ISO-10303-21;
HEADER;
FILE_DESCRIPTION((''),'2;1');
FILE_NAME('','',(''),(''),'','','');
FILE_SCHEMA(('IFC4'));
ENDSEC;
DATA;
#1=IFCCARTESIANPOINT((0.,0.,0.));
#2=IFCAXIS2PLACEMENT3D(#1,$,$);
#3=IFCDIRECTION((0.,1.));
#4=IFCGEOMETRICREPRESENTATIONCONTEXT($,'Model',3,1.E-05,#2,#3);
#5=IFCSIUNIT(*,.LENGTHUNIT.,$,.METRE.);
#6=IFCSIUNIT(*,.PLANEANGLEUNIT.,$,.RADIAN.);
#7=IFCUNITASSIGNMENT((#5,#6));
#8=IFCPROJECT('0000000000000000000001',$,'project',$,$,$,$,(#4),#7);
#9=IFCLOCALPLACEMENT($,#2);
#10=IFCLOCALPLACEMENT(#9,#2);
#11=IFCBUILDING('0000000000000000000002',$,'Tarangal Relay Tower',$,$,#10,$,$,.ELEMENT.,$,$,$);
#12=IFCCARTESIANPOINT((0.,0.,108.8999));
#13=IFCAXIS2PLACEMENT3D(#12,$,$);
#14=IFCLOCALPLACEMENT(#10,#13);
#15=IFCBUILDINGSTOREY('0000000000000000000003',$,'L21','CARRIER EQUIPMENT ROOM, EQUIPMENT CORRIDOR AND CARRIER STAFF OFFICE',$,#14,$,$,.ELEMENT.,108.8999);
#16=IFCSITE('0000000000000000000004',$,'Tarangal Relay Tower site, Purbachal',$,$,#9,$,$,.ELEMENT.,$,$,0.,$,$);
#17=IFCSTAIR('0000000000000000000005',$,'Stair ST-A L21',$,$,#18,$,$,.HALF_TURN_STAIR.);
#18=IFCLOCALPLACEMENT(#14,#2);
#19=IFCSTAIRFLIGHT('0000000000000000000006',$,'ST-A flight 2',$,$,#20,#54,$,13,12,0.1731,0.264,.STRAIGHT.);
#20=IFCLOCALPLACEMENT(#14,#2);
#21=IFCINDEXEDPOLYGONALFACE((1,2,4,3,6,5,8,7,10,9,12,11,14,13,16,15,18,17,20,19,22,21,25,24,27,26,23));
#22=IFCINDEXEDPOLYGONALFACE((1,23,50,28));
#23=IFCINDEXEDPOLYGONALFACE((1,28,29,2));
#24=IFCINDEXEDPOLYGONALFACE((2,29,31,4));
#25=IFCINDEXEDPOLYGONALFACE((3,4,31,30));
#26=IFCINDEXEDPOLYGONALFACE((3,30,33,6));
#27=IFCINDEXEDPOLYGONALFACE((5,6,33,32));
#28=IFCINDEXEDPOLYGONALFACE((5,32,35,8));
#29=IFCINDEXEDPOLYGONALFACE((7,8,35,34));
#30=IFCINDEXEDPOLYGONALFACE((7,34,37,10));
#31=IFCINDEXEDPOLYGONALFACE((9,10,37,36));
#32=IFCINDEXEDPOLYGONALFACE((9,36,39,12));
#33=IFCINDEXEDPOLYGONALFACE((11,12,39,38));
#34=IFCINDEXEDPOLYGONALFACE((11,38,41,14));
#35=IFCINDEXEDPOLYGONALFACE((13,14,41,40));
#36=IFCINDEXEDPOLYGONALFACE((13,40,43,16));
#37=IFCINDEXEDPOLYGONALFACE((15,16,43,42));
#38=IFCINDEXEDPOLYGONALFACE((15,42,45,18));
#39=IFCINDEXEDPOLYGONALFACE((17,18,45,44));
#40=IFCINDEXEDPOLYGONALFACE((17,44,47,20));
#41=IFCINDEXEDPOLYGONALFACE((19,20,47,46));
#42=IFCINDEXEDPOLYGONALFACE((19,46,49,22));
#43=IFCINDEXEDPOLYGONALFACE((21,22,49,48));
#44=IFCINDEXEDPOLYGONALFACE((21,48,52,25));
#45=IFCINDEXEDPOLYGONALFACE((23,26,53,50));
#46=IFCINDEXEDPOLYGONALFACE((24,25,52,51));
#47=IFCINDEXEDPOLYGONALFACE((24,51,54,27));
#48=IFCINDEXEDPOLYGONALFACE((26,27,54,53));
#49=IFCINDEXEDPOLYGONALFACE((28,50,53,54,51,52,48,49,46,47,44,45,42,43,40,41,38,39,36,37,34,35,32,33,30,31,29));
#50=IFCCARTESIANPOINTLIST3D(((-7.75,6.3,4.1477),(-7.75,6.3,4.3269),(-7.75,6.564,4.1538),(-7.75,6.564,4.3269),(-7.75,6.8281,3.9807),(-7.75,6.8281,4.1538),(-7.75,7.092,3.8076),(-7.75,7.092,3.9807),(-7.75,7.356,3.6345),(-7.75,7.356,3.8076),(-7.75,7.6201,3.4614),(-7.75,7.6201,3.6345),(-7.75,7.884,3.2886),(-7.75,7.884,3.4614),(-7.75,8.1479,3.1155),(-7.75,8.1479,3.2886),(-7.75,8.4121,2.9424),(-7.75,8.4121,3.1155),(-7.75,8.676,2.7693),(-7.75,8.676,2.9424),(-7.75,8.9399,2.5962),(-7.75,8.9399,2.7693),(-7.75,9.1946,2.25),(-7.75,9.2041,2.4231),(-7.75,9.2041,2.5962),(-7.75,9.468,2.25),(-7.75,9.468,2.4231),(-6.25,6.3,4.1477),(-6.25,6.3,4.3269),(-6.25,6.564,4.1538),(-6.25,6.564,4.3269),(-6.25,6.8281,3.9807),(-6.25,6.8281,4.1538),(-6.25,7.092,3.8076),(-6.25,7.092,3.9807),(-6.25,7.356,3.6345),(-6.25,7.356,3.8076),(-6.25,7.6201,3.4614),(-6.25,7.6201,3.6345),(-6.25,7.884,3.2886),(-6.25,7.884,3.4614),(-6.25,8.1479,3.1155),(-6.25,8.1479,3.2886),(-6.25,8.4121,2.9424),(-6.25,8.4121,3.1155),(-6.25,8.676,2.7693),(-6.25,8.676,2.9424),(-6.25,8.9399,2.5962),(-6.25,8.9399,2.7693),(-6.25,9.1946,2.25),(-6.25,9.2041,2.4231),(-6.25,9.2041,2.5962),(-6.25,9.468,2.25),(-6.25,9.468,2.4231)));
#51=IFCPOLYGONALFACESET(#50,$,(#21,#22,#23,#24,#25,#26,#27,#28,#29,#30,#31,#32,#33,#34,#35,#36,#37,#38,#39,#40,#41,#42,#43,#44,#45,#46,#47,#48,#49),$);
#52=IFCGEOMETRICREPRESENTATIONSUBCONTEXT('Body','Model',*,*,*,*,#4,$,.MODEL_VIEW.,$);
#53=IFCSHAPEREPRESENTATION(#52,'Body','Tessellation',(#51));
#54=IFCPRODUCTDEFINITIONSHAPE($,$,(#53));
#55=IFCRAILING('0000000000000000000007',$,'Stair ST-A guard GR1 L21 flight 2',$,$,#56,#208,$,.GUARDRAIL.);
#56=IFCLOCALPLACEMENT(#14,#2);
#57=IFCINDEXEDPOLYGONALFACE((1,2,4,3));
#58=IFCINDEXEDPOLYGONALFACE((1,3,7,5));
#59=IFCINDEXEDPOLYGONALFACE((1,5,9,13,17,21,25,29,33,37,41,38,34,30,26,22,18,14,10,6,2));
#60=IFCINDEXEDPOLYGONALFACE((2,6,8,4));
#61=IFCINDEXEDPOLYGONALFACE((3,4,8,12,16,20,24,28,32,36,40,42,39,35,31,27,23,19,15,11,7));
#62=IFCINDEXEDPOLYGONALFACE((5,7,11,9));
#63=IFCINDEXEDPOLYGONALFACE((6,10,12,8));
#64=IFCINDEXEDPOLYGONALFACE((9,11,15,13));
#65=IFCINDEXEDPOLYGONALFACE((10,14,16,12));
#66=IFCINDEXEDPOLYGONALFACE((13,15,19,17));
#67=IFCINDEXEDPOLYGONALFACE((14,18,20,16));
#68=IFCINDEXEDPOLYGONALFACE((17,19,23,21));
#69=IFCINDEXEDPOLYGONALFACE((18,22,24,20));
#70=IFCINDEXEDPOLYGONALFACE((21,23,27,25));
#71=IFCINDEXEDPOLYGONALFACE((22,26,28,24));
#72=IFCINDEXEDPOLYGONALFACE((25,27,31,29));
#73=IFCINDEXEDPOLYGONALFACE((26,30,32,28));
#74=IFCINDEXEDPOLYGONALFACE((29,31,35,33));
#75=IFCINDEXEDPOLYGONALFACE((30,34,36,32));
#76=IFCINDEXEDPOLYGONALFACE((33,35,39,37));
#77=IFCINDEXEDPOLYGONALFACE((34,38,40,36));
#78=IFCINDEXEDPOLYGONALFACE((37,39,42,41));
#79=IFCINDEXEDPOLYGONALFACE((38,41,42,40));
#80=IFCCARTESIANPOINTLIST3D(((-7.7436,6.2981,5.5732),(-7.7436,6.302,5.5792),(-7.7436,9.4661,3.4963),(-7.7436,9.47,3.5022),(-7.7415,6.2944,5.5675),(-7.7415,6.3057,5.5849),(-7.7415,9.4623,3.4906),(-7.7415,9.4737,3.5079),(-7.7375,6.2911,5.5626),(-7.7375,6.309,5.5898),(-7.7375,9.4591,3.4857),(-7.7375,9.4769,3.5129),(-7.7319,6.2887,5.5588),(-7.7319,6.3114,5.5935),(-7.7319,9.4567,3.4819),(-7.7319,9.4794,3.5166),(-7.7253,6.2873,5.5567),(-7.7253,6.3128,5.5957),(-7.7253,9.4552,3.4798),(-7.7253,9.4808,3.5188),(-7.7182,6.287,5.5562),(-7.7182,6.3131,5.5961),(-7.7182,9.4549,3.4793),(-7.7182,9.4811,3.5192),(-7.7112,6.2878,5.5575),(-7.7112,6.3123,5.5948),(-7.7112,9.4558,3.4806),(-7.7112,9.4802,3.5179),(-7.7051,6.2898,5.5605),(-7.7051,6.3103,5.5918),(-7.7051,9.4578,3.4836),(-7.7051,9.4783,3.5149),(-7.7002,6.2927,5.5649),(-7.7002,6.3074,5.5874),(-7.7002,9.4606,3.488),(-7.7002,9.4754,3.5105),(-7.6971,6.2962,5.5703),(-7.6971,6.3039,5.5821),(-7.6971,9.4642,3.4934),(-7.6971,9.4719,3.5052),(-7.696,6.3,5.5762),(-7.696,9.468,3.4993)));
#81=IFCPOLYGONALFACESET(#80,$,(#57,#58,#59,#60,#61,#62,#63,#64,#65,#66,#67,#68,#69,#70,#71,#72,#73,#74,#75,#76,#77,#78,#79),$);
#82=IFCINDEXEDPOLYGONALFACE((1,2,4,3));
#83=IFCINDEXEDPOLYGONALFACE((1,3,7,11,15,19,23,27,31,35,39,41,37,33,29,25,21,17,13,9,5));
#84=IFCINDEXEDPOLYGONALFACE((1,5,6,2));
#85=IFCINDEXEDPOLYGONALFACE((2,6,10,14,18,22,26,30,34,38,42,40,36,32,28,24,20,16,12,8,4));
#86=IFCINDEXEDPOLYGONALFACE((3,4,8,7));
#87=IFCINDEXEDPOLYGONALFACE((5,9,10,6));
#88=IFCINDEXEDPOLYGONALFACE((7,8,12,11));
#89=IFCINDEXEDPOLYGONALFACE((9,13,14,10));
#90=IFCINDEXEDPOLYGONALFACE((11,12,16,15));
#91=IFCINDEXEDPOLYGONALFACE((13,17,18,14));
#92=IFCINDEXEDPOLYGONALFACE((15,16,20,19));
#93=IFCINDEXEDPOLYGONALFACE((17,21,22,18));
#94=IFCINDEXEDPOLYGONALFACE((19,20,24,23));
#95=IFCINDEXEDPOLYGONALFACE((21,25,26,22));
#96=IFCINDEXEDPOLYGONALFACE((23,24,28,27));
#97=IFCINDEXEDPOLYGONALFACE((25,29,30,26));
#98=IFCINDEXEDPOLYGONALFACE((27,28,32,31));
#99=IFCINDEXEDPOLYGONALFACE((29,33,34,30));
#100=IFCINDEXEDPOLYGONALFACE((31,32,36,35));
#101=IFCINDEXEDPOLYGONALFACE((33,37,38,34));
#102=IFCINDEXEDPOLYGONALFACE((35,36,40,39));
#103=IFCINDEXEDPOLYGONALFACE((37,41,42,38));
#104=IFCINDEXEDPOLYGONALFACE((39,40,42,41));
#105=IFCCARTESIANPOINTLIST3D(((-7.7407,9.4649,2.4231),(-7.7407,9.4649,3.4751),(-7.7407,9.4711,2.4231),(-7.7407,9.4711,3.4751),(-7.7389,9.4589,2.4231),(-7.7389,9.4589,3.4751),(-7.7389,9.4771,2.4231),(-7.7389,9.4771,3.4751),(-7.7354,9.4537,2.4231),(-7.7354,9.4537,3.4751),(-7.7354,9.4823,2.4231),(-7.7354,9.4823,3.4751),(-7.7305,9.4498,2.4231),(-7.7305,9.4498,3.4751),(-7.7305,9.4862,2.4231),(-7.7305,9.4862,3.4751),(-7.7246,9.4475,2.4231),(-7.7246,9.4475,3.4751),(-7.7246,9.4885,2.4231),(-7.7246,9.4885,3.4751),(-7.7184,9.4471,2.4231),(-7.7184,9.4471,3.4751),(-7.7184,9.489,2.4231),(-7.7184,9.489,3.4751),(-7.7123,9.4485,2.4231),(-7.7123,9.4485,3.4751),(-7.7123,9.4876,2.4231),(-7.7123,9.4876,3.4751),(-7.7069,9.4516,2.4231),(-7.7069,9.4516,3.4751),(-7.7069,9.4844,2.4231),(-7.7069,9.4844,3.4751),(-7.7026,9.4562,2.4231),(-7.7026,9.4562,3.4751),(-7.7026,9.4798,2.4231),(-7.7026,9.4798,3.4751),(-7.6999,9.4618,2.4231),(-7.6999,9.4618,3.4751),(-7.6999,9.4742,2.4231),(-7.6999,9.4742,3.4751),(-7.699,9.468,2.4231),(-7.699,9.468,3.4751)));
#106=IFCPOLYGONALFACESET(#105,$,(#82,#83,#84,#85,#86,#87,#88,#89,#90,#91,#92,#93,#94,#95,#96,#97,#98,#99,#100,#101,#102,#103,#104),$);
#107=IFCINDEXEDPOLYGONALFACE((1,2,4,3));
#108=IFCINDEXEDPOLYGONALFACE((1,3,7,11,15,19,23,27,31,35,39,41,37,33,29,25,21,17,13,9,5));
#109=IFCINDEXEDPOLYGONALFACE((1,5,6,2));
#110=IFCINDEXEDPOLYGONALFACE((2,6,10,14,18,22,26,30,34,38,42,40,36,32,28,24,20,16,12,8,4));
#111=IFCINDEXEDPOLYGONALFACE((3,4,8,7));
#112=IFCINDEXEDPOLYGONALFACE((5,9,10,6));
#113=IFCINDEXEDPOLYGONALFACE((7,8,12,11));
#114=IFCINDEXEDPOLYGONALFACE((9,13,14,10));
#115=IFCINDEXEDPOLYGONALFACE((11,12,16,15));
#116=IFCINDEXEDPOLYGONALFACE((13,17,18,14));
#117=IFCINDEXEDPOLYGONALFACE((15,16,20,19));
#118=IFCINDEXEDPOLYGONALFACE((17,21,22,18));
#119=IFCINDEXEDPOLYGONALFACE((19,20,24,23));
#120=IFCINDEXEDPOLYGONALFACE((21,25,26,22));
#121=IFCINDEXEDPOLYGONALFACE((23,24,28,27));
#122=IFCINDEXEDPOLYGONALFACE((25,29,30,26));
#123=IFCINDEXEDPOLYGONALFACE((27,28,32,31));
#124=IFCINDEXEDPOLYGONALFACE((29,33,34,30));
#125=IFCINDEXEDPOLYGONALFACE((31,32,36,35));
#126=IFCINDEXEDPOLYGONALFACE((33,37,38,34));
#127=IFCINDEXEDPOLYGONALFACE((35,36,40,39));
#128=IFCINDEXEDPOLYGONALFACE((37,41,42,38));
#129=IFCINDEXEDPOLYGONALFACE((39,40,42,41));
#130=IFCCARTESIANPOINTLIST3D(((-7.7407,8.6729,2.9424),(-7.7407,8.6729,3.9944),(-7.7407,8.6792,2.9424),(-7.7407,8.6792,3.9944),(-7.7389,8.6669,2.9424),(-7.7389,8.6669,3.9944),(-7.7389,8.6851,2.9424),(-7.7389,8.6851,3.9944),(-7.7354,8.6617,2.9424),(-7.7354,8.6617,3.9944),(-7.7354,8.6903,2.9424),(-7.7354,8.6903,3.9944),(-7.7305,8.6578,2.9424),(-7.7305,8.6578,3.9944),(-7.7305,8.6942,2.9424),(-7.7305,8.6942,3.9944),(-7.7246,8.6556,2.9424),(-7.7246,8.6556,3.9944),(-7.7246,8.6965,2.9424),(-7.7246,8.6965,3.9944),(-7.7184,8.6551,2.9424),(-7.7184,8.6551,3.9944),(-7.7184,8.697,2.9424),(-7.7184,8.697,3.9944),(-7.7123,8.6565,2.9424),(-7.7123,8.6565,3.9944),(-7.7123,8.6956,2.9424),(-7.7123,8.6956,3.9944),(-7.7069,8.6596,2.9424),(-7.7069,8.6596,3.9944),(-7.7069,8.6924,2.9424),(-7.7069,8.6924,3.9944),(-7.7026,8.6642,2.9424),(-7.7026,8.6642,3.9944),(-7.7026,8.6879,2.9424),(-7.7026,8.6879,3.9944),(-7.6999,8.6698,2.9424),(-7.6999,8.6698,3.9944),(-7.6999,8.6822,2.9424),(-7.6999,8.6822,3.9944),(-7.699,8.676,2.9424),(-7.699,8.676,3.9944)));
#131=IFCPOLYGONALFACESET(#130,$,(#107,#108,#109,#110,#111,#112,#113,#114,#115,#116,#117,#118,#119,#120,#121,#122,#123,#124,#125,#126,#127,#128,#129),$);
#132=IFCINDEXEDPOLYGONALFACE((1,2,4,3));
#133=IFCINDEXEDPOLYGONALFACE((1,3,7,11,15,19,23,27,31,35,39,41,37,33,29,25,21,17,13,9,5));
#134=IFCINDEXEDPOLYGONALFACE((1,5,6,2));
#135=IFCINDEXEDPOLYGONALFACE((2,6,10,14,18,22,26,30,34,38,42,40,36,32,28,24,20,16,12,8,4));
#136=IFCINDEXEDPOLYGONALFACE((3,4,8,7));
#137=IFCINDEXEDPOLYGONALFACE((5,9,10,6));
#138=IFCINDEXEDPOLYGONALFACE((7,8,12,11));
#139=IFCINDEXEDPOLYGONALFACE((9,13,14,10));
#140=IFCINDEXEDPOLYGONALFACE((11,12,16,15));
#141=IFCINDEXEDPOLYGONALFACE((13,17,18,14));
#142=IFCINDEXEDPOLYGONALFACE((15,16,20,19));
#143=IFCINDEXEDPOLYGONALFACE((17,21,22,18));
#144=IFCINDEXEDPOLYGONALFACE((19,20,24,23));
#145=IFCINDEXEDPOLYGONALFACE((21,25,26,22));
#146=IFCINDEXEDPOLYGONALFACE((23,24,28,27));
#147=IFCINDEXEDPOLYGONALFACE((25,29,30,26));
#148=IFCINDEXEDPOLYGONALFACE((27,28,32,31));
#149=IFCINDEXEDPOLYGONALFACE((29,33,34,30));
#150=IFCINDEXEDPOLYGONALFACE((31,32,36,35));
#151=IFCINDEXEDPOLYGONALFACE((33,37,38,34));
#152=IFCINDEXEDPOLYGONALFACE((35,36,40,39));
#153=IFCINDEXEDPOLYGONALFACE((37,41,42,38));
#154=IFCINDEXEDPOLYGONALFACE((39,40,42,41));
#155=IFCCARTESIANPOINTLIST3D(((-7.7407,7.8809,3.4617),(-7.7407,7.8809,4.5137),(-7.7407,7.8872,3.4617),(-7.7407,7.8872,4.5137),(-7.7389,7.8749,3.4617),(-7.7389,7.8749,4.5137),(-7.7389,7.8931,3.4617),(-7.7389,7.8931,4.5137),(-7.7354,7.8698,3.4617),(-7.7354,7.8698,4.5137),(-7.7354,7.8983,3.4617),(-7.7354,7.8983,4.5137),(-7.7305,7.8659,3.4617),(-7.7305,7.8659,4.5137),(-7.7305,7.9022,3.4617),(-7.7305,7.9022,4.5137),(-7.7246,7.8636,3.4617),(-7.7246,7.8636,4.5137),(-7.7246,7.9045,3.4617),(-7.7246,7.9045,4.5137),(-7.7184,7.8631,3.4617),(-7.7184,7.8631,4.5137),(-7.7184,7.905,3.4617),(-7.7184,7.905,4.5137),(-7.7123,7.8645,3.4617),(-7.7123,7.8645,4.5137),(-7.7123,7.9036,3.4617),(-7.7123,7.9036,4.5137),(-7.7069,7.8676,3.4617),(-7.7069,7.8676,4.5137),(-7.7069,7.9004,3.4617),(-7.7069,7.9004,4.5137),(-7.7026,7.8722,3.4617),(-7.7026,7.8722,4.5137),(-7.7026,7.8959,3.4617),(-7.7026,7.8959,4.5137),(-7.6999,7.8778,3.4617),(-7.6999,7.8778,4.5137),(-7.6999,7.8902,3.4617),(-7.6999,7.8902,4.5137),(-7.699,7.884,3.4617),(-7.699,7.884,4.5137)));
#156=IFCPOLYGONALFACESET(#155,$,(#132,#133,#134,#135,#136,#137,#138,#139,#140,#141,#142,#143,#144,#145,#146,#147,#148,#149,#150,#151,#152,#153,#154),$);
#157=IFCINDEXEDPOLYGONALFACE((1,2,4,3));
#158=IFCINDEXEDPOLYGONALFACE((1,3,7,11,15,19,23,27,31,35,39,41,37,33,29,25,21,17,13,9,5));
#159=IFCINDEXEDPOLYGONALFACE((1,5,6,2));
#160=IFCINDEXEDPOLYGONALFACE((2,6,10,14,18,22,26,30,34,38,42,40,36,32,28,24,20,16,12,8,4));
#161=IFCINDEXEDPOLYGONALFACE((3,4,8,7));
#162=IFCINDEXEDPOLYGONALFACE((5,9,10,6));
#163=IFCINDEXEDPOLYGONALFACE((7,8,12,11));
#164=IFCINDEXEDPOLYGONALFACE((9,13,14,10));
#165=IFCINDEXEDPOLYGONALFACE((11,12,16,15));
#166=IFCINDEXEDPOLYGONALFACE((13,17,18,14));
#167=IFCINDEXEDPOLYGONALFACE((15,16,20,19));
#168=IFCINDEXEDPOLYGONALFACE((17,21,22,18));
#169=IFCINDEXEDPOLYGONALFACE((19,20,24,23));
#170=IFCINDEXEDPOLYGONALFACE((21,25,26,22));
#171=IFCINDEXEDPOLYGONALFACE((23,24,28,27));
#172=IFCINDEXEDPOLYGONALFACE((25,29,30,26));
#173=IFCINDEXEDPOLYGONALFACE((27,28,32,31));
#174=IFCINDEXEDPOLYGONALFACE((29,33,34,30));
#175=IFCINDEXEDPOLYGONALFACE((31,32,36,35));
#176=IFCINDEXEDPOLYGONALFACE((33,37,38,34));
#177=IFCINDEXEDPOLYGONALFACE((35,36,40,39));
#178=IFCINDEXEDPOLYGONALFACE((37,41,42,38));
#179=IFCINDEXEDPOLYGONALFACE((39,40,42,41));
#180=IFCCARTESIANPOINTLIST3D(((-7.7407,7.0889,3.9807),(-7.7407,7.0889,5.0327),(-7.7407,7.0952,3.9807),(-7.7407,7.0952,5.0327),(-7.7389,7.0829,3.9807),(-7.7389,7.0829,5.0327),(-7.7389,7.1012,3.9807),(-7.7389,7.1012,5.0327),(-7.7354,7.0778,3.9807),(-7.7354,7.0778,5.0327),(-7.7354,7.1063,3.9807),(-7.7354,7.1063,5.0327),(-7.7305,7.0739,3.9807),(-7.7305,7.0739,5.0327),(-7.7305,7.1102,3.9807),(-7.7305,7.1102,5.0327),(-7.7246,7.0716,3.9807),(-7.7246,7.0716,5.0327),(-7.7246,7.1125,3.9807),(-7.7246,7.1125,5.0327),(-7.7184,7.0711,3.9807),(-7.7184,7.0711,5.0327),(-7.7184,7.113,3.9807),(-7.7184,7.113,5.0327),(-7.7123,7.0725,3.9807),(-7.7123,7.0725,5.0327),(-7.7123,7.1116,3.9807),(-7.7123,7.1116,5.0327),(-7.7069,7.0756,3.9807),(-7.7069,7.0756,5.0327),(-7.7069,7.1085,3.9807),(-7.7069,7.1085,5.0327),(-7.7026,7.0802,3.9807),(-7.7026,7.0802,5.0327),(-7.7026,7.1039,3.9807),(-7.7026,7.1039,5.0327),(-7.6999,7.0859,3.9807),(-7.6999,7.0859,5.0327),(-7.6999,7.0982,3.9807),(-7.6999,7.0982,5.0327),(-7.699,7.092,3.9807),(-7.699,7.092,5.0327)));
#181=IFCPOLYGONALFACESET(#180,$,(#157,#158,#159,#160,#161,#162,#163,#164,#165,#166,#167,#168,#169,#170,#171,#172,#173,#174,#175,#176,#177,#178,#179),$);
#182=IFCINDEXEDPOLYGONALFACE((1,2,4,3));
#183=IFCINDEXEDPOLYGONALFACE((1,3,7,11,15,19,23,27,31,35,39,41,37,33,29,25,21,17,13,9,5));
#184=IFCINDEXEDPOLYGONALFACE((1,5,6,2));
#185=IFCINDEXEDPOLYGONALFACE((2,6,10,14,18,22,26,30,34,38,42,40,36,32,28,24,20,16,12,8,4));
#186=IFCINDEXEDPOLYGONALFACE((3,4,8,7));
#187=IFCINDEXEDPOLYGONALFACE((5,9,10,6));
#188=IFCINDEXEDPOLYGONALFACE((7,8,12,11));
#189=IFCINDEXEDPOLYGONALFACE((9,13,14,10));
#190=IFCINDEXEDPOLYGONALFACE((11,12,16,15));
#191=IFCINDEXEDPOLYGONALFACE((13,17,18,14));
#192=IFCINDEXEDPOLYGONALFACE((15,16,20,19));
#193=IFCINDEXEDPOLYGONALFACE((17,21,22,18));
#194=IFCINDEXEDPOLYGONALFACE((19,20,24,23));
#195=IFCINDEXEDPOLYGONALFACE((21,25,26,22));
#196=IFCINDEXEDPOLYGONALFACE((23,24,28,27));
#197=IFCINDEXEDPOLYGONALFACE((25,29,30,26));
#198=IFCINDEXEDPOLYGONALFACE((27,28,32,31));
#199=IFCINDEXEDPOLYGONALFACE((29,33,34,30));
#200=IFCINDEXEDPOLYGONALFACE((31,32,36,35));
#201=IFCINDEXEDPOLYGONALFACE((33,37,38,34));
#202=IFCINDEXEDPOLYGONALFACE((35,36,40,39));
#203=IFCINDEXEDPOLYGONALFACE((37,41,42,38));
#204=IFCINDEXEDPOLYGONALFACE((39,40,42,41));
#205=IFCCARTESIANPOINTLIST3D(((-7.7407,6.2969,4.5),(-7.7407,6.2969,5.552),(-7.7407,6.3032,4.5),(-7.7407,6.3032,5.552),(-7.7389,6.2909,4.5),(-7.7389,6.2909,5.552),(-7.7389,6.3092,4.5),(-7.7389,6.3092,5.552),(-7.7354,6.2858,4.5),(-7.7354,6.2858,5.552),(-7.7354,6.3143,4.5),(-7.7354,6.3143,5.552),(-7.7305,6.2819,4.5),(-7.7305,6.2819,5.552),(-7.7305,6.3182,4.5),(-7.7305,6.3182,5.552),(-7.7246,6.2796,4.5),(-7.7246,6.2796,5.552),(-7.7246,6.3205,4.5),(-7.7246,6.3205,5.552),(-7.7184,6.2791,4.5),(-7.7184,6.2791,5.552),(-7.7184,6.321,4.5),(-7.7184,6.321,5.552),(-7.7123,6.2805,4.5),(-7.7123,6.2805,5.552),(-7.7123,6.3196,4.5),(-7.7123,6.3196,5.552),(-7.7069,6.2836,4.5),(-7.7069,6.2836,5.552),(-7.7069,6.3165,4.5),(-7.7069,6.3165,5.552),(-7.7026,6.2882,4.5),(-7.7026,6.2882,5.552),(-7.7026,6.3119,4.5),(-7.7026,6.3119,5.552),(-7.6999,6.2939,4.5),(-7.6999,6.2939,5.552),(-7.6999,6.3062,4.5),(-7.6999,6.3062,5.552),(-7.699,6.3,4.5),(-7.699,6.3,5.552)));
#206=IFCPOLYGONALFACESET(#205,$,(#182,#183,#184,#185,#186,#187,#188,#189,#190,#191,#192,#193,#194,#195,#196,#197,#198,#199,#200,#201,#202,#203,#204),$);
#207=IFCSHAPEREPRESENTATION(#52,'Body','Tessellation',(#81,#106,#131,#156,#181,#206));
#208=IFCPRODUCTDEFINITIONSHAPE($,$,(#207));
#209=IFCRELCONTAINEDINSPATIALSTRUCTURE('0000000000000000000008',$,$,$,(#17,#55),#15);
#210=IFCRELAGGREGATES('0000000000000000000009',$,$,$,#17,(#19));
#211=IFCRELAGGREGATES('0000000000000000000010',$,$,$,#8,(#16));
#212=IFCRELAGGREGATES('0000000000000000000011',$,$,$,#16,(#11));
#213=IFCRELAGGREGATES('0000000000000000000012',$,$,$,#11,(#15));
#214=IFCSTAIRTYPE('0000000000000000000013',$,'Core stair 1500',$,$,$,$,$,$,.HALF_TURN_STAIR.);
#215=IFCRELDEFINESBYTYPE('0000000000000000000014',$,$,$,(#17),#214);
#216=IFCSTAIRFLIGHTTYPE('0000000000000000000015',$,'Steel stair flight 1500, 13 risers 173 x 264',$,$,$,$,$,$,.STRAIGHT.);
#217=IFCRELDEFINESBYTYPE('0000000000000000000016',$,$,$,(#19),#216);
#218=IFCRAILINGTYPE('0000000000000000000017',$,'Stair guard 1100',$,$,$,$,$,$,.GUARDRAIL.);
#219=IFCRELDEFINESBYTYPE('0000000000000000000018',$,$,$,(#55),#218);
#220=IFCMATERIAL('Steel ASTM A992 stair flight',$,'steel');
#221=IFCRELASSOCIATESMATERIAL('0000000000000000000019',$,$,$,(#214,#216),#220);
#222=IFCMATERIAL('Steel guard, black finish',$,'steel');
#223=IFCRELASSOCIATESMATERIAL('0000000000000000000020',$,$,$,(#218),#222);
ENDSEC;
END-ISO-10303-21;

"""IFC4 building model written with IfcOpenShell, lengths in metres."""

from ifc_helpers import new_model, si_unit, direction, frame, origin, origin_2d, place, context, subcontext, project, spatial, polyline, circle, outline, extrude, material, type_object, element, aggregate, save


model = new_model("IFC4")

# Units and contexts
model_context = context("Model", 3, precision=1e-05, world=origin(), true_north=direction((0.0, 1.0)))
body_context = subcontext(model_context, "Body", "Model", "MODEL_VIEW")
ifc_project = project(units=[si_unit("LENGTHUNIT", "METRE"), si_unit("PLANEANGLEUNIT", "RADIAN")], contexts=[model_context])

# Site, building, storey
site_placement = place(None, origin())
site = spatial("IfcSite", under=ifc_project, at=site_placement, Name="Tarangal Relay Tower site, Purbachal", CompositionType="ELEMENT", RefElevation=0.0)
building_placement = place(site_placement, origin())
building = spatial("IfcBuilding", under=site, at=building_placement, Name="Tarangal Relay Tower", CompositionType="ELEMENT")
storey_placement = place(building_placement, frame((0.0, 0.0, 108.8999)))
storey = spatial("IfcBuildingStorey", under=building, at=storey_placement, Name="L21", Description="CARRIER EQUIPMENT ROOM, EQUIPMENT CORRIDOR AND CARRIER STAFF OFFICE", CompositionType="ELEMENT", Elevation=108.8999)

# Stair, stair flight
ifc_material_1 = material(Name="Steel ASTM A992 stair flight", Category="steel")
stair_type = type_object("IfcStairType", Name="Core stair 1500", PredefinedType="HALF_TURN_STAIR", material=ifc_material_1)
stair_placement = place(storey_placement, origin())
stair = element("IfcStair", 1, at=stair_placement, inside=storey, type_object=stair_type, Name="Stair ST-A L21", PredefinedType="HALF_TURN_STAIR")
stair_flight_type = type_object("IfcStairFlightType", Name="Steel stair flight 1500, 13 risers 173 x 264", PredefinedType="STRAIGHT", material=ifc_material_1)
stair_flight_placement = place(storey_placement, frame((-7.0, 9.468, 2.25), z_axis=(0.0, 0.0, 1.0), x_axis=(0.0, -1.0, 0.0)))
stair_flight = element("IfcStairFlight", 2, at=stair_flight_placement, type_object=stair_flight_type, Name="ST-A flight 2", NumberOfRisers=13, NumberOfTreads=12, PredefinedType="STRAIGHT", RiserHeight=0.1731, TreadLength=0.264, context=body_context, shape_type="SweptSolid", body=[
    extrude(outline(polyline([(0.0, 0.0), (0.0, 0.1731), (0.2639, 0.1731), (0.2639, 0.3462), (0.5281, 0.3462), (0.5281, 0.5193), (0.792, 0.5193), (0.792, 0.6924), (1.0559, 0.6924), (1.0559, 0.8655), (1.3201, 0.8655), (1.3201, 1.0386), (1.584, 1.0386), (1.584, 1.2114), (1.8479, 1.2114), (1.8479, 1.3845), (2.1121, 1.3845), (2.1121, 1.5576), (2.376, 1.5576), (2.376, 1.7307), (2.6399, 1.7307), (2.6399, 1.9038), (2.9041, 1.9038), (2.9041, 2.0769), (3.168, 2.0769), (3.168, 2.25), (3.168, 1.8977), (0.2734, 0.0), (0.0, 0.0)])), frame((0.0, 0.75, 0.0), z_axis=(0.0, -1.0, 0.0), x_axis=(1.0, 0.0, 0.0)), (0.0, 0.0, 1.0), 1.5),
])
aggregate(stair, [stair_flight])

# Railing
ifc_material_2 = material(Name="Steel guard, black finish", Category="steel")
railing_type_1 = type_object("IfcRailingType", Name="Stair guard 1100", PredefinedType="GUARDRAIL", material=ifc_material_2)
railing_1_placement = place(storey_placement, frame((-7.72, 9.468, 2.4231)))
element("IfcRailing", 3, at=railing_1_placement, inside=storey, type_object=railing_type_1, Name="Stair ST-A guard GR1 L21 flight 2", PredefinedType="GUARDRAIL", context=body_context, shape_type="SweptSolid", body=[
    extrude(circle(Radius=0.0239, at=origin_2d()), frame((0.0, 0.0, 1.0762), z_axis=(0.0, -0.836299, 0.548273), x_axis=(1.0, 0.0, 0.0)), (0.0, 0.0, 1.0), 3.7881),
    extrude(circle(Radius=0.021, at=origin_2d()), origin(), (0.0, 0.0, 1.0), 1.052),
    extrude(circle(Radius=0.021, at=origin_2d()), frame((0.0, -0.792, 0.5193)), (0.0, 0.0, 1.0), 1.052),
    extrude(circle(Radius=0.021, at=origin_2d()), frame((0.0, -1.584, 1.0386)), (0.0, 0.0, 1.0), 1.052),
    extrude(circle(Radius=0.021, at=origin_2d()), frame((0.0, -2.376, 1.5576)), (0.0, 0.0, 1.0), 1.052),
    extrude(circle(Radius=0.021, at=origin_2d()), frame((0.0, -3.168, 2.0769)), (0.0, 0.0, 1.0), 1.052),
])

save(model, "model.ifc")
